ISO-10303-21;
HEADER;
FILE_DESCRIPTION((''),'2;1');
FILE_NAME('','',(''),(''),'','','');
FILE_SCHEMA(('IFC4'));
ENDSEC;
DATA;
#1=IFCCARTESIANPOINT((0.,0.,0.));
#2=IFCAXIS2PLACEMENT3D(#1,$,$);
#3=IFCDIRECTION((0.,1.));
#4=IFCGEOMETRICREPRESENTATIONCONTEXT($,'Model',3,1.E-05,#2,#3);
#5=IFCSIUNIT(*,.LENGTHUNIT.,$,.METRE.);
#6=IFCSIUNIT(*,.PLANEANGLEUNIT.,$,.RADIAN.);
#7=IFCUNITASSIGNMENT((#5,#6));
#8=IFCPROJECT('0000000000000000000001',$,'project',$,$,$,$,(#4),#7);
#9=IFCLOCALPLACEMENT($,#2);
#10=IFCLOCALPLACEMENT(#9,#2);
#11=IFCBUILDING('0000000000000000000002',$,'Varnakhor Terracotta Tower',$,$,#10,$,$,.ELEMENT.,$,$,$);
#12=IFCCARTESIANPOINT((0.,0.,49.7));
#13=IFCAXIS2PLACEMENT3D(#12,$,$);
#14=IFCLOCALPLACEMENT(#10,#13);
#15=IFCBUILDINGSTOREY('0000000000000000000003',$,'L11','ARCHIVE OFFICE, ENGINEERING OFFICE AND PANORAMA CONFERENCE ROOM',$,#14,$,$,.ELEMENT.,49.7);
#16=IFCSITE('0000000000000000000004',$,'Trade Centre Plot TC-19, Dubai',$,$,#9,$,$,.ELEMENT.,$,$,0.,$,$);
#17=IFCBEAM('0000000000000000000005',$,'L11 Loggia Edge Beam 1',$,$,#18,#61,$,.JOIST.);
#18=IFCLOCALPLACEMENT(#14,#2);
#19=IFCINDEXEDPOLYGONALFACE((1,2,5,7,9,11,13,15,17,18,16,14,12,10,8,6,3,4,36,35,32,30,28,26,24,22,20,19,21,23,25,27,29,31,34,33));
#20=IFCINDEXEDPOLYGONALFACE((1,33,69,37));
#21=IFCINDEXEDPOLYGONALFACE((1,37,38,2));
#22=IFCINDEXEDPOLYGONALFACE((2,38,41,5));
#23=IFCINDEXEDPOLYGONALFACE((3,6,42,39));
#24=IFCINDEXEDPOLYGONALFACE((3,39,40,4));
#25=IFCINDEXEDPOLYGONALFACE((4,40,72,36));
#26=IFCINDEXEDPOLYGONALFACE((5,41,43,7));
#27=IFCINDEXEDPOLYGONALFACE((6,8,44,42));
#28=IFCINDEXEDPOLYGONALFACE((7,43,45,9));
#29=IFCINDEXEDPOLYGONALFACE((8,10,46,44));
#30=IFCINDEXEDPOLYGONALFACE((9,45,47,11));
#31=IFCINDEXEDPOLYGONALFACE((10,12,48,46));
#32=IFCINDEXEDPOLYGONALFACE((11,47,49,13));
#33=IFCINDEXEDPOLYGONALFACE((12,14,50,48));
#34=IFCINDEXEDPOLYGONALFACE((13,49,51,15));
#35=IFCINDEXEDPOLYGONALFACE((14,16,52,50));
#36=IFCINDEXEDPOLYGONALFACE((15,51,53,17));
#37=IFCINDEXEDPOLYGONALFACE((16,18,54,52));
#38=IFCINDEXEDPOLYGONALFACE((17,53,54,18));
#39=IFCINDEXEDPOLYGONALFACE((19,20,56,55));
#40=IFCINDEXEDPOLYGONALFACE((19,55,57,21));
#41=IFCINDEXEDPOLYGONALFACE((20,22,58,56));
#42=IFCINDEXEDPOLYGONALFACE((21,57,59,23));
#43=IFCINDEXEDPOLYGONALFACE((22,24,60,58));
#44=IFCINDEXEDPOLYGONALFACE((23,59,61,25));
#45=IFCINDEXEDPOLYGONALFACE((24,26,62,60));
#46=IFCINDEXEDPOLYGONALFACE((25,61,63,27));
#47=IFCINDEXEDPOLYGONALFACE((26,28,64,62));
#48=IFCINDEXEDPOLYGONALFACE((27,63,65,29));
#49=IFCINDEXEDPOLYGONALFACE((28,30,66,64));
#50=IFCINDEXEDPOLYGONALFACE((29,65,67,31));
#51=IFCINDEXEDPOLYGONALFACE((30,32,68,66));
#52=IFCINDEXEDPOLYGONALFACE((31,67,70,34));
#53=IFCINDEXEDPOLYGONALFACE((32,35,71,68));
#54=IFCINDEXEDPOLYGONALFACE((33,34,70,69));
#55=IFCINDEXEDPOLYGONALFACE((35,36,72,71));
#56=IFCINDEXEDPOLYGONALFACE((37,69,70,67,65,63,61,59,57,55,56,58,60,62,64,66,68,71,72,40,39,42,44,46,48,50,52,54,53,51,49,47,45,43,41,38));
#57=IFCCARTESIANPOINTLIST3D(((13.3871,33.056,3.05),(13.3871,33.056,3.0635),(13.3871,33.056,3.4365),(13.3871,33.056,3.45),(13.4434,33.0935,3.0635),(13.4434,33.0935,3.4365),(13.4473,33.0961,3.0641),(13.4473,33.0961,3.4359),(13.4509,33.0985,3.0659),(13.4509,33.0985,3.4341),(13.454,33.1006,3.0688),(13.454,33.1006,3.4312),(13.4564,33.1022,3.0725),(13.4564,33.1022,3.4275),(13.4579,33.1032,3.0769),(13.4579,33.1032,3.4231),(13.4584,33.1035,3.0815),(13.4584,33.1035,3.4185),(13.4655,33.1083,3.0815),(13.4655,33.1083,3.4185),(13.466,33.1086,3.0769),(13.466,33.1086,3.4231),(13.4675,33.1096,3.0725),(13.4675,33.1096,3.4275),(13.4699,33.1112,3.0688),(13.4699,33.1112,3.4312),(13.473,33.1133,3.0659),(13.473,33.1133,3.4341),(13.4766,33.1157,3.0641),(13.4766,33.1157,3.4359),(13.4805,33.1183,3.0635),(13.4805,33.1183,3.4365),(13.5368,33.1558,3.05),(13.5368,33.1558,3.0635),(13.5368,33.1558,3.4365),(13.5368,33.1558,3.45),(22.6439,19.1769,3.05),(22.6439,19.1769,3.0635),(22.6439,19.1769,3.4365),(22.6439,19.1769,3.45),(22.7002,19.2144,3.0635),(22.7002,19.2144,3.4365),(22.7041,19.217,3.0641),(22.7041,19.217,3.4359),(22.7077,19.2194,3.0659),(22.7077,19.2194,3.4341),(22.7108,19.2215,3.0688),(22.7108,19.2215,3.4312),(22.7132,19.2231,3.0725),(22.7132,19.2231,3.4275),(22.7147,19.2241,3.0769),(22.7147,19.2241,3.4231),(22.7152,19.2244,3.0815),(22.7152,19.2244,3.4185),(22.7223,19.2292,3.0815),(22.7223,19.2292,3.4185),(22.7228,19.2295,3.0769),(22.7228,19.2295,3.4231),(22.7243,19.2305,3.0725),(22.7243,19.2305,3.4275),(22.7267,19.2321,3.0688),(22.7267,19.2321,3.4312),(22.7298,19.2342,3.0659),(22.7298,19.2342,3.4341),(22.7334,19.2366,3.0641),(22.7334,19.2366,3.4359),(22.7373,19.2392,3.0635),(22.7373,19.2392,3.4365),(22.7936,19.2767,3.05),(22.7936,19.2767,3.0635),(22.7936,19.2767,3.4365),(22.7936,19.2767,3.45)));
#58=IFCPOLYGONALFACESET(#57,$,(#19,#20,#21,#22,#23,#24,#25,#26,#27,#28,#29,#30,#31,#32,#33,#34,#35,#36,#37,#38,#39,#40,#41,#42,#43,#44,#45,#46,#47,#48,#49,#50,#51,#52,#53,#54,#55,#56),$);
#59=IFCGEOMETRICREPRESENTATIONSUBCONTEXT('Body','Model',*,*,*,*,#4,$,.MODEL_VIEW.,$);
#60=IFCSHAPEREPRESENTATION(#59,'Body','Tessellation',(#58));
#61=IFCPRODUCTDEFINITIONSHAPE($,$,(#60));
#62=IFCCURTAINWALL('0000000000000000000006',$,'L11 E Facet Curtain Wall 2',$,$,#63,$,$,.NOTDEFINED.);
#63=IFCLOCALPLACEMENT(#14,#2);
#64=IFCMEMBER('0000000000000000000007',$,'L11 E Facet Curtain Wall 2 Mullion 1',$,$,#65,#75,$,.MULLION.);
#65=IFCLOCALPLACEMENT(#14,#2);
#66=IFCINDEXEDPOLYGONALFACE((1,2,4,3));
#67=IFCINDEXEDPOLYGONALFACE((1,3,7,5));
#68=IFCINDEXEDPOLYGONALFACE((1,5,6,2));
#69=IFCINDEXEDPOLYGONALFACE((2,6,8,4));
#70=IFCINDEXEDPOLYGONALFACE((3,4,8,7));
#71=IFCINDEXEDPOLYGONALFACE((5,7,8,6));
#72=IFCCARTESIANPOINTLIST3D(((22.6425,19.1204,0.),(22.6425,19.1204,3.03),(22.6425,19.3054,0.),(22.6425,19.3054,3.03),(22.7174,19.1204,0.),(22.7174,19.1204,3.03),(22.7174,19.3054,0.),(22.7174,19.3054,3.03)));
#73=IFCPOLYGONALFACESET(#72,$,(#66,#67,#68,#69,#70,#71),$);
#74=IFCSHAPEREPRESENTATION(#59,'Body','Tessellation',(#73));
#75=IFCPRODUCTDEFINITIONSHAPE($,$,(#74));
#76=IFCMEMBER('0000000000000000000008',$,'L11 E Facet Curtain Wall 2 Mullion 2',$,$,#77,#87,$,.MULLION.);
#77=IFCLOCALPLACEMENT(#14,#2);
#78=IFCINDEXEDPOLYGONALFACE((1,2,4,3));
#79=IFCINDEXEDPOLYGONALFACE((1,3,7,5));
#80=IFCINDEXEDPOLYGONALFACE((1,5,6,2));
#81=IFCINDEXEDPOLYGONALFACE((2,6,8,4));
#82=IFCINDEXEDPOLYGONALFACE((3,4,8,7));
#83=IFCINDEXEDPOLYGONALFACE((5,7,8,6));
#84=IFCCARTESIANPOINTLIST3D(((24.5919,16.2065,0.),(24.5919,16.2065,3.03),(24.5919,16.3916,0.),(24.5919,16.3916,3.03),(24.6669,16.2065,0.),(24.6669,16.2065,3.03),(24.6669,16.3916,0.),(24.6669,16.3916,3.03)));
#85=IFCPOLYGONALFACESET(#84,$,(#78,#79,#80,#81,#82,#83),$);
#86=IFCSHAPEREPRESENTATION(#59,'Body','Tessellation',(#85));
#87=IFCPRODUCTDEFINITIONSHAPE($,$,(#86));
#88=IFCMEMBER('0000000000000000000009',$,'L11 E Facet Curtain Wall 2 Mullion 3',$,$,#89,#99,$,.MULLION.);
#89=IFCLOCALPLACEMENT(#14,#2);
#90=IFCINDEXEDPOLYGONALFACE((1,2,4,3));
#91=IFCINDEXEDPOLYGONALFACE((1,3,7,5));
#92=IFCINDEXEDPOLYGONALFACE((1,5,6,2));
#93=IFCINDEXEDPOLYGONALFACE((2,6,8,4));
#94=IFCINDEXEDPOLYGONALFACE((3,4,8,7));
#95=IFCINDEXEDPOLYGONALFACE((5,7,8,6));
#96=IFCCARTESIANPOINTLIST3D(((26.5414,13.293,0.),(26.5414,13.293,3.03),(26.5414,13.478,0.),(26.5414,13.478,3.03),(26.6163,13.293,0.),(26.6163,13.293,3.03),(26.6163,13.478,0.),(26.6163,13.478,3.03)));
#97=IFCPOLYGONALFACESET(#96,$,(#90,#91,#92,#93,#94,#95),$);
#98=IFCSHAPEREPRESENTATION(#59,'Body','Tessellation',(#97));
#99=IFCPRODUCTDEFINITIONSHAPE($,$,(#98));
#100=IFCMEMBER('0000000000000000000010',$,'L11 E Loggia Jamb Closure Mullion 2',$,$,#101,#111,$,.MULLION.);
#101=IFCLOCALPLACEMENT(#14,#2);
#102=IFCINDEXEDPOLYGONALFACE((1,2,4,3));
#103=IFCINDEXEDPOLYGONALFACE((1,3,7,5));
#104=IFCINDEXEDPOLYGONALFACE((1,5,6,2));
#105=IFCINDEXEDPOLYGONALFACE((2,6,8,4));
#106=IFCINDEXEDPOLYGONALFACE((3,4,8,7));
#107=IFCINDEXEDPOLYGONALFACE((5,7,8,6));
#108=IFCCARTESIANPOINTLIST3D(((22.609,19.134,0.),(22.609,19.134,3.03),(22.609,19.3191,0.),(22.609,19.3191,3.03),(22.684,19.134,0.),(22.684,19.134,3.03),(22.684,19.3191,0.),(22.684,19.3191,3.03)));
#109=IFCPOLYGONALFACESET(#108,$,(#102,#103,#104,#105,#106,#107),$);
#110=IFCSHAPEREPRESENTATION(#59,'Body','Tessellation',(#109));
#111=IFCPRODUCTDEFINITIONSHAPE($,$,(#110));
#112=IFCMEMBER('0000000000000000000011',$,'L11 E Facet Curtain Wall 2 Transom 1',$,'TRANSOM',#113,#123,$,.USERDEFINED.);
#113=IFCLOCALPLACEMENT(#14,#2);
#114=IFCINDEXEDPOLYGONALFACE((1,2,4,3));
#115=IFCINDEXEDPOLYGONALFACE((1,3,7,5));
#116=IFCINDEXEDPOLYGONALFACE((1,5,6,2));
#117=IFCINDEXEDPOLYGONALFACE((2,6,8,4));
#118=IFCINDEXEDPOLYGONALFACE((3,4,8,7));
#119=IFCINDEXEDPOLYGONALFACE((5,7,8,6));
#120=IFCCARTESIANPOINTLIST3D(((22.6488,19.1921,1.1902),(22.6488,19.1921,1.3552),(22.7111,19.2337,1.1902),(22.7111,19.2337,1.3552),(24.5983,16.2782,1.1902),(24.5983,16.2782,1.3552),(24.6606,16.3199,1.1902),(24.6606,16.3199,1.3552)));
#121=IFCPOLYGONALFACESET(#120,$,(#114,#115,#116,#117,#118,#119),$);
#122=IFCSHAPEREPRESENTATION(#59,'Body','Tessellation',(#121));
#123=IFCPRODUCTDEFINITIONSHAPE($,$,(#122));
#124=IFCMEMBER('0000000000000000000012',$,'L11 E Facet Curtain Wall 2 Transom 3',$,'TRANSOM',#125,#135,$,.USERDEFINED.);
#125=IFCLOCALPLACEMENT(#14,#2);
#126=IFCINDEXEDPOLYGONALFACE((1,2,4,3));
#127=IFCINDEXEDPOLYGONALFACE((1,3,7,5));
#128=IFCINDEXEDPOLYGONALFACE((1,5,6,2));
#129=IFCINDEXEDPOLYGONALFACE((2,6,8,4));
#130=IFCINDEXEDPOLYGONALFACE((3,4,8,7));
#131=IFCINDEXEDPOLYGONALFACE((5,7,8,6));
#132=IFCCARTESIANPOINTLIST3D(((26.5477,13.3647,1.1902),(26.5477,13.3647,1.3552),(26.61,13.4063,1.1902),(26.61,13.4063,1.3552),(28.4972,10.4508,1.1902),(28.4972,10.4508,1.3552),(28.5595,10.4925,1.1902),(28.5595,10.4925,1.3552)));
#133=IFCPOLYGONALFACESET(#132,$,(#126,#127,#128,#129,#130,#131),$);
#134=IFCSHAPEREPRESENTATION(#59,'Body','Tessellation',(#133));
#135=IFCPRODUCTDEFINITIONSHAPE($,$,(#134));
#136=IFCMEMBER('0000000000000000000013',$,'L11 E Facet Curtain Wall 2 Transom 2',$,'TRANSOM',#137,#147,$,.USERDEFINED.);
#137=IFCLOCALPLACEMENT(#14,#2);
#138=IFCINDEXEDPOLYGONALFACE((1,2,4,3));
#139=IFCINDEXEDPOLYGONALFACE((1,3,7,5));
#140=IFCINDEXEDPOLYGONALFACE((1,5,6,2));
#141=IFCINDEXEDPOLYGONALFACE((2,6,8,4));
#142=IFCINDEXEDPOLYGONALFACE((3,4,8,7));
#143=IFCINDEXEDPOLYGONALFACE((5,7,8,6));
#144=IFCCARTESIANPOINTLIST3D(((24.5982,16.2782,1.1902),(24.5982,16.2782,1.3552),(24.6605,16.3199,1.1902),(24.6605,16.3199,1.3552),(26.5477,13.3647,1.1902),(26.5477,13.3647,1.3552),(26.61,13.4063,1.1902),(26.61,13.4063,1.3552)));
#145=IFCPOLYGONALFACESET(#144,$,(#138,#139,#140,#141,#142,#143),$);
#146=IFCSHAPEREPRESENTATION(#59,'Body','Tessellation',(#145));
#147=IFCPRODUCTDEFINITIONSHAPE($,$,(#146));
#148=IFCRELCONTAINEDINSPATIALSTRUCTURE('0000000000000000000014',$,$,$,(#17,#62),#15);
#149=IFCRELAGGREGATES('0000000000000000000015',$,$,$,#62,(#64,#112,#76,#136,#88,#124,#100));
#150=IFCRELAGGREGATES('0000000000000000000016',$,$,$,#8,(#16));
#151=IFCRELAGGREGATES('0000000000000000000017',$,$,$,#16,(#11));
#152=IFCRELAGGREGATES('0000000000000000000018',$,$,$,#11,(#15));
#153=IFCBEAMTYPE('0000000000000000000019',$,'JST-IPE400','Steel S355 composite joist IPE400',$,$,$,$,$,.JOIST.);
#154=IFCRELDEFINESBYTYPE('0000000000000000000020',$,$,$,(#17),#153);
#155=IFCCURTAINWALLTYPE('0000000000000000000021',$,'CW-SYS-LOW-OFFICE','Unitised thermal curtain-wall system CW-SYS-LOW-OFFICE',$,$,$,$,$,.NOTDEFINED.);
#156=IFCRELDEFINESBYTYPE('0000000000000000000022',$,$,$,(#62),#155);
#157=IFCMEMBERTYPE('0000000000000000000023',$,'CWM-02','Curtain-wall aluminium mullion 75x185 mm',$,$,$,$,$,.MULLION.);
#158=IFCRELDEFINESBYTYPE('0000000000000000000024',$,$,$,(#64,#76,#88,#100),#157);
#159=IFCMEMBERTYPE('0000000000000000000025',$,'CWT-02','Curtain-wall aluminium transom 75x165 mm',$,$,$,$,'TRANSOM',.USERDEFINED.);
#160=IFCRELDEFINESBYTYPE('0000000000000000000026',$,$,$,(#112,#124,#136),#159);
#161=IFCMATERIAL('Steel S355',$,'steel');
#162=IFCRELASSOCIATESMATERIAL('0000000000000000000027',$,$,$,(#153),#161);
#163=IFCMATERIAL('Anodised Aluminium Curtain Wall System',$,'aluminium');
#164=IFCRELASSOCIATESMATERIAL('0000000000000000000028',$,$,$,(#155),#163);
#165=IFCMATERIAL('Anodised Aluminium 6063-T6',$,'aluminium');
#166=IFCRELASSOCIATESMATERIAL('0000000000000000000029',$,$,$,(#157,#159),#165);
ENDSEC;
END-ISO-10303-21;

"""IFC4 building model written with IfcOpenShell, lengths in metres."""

from ifc_helpers import new_model, si_unit, direction, frame, origin, origin_2d, place, context, subcontext, project, spatial, rectangle, i_section, extrude, source, transform, mapped, material, material_profile, profile_set, type_object, type_shapes, element, aggregate, save


model = new_model("IFC4")

# Units and contexts
model_context = context("Model", 3, precision=1e-05, world=origin(), true_north=direction((0.0, 1.0)))
body_context = subcontext(model_context, "Body", "Model", "MODEL_VIEW")
ifc_project = project(units=[si_unit("LENGTHUNIT", "METRE"), si_unit("PLANEANGLEUNIT", "RADIAN")], contexts=[model_context])

# Site, building, storey
site_placement = place(None, origin())
site = spatial("IfcSite", under=ifc_project, at=site_placement, Name="Trade Centre Plot TC-19, Dubai", CompositionType="ELEMENT", RefElevation=0.0)
building_placement = place(site_placement, origin())
building = spatial("IfcBuilding", under=site, at=building_placement, Name="Varnakhor Terracotta Tower", CompositionType="ELEMENT")
storey_placement = place(building_placement, frame((0.0, 0.0, 49.7)))
storey = spatial("IfcBuildingStorey", under=building, at=storey_placement, Name="L11", Description="ARCHIVE OFFICE, ENGINEERING OFFICE AND PANORAMA CONFERENCE ROOM", CompositionType="ELEMENT", Elevation=49.7)

# Beam
ifc_material_1 = material(Name="Steel S355", Category="steel")
ifc_material_profile_1 = material_profile(ifc_material_1, i_section(OverallWidth=0.1799, OverallDepth=0.3999, WebThickness=0.0085, FlangeThickness=0.0134, FilletRadius=0.0181, at=origin_2d()), Name="IPE400")
ifc_profile_set_1 = profile_set([ifc_material_profile_1], Name="Steel S355")
beam_type = type_object("IfcBeamType", Name="JST-IPE400", Description="Steel S355 composite joist IPE400", PredefinedType="JOIST", material=ifc_profile_set_1)
shared_shape_1 = source(origin(), body_context, "Body", "SweptSolid", [
    extrude(i_section(OverallWidth=0.1799, OverallDepth=0.3999, WebThickness=0.0085, FlangeThickness=0.0134, FilletRadius=0.0181, at=origin_2d()), origin(), (0.0, 0.0, 1.0), 16.6829),
])
beam_1_placement = place(storey_placement, frame((22.7188, 19.2268, 3.25), z_axis=(-0.554869, 0.831938, 0.0), x_axis=(-0.831938, -0.554869, 0.0)))
element("IfcBeam", 1, at=beam_1_placement, inside=storey, type_object=beam_type, Name="L11 Loggia Edge Beam 1", PredefinedType="JOIST", context=body_context, shape_type="MappedRepresentation", body=[
    mapped(shared_shape_1, transform((0.0, 0.0, 0.0), scale=1.0)),
])

# Curtain wall, members
ifc_material_2 = material(Name="Anodised Aluminium Curtain Wall System", Category="aluminium")
curtain_wall_type = type_object("IfcCurtainWallType", Name="CW-SYS-LOW-OFFICE", Description="Unitised thermal curtain-wall system CW-SYS-LOW-OFFICE", PredefinedType="NOTDEFINED", material=ifc_material_2)
curtain_wall_placement = place(storey_placement, origin())
curtain_wall = element("IfcCurtainWall", 2, at=curtain_wall_placement, inside=storey, type_object=curtain_wall_type, Name="L11 E Facet Curtain Wall 2", PredefinedType="NOTDEFINED")
ifc_material_3 = material(Name="Anodised Aluminium 6063-T6", Category="aluminium")
ifc_material_profile_2 = material_profile(ifc_material_3, rectangle(XDim=0.075, YDim=0.1851, at=origin_2d()), Name="ALU MULLION 75x185")
ifc_profile_set_2 = profile_set([ifc_material_profile_2], Name="Anodised Aluminium 6063-T6")
member_type_1 = type_object("IfcMemberType", Name="CWM-02", Description="Curtain-wall aluminium mullion 75x185 mm", PredefinedType="MULLION", material=ifc_profile_set_2)
shared_shape_2 = source(origin(), body_context, "Body", "SweptSolid", [
    extrude(rectangle(XDim=0.075, YDim=0.1851, at=origin_2d()), origin(), (0.0, 0.0, 1.0), 3.03),
])
type_shapes(member_type_1, [shared_shape_2])
member_1_placement = place(storey_placement, frame((22.6799, 19.2129, 0.0), z_axis=(0.0, 0.0, 1.0), x_axis=(1.0, 0.0, 0.0)))
member_1 = element("IfcMember", 3, at=member_1_placement, type_object=member_type_1, Name="L11 E Facet Curtain Wall 2 Mullion 1", PredefinedType="MULLION", context=body_context, shape_type="MappedRepresentation", body=[
    mapped(shared_shape_2, transform((0.0, 0.0, 0.0), scale=1.0)),
])
member_2_placement = place(storey_placement, frame((24.6294, 16.2991, 0.0), z_axis=(0.0, 0.0, 1.0), x_axis=(1.0, 0.0, 0.0)))
member_2 = element("IfcMember", 4, at=member_2_placement, type_object=member_type_1, Name="L11 E Facet Curtain Wall 2 Mullion 2", PredefinedType="MULLION", context=body_context, shape_type="MappedRepresentation", body=[
    mapped(shared_shape_2, transform((0.0, 0.0, 0.0), scale=1.0)),
])
member_3_placement = place(storey_placement, frame((26.5789, 13.3855, 0.0), z_axis=(0.0, 0.0, 1.0), x_axis=(1.0, 0.0, 0.0)))
member_3 = element("IfcMember", 5, at=member_3_placement, type_object=member_type_1, Name="L11 E Facet Curtain Wall 2 Mullion 3", PredefinedType="MULLION", context=body_context, shape_type="MappedRepresentation", body=[
    mapped(shared_shape_2, transform((0.0, 0.0, 0.0), scale=1.0)),
])
member_4_placement = place(storey_placement, frame((22.6465, 19.2266, 0.0), z_axis=(0.0, 0.0, 1.0), x_axis=(1.0, 0.0, 0.0)))
member_4 = element("IfcMember", 6, at=member_4_placement, type_object=member_type_1, Name="L11 E Loggia Jamb Closure Mullion 2", PredefinedType="MULLION", context=body_context, shape_type="MappedRepresentation", body=[
    mapped(shared_shape_2, transform((0.0, 0.0, 0.0), scale=1.0)),
])
ifc_material_profile_3 = material_profile(ifc_material_3, rectangle(XDim=0.075, YDim=0.165, at=origin_2d()), Name="ALU TRANSOM 75x165")
ifc_profile_set_3 = profile_set([ifc_material_profile_3], Name="Anodised Aluminium 6063-T6")
member_type_2 = type_object("IfcMemberType", Name="CWT-02", Description="Curtain-wall aluminium transom 75x165 mm", ElementType="TRANSOM", PredefinedType="USERDEFINED", material=ifc_profile_set_3)
shared_shape_3 = source(origin(), body_context, "Body", "SweptSolid", [
    extrude(rectangle(XDim=0.075, YDim=0.165, at=origin_2d()), origin(), (0.0, 0.0, 1.0), 3.5059),
])
member_5_placement = place(storey_placement, frame((22.6799, 19.2129, 1.2727), z_axis=(0.556065, -0.831139, 0.0), x_axis=(0.831139, 0.556065, 0.0)))
member_5 = element("IfcMember", 7, at=member_5_placement, type_object=member_type_2, Name="L11 E Facet Curtain Wall 2 Transom 1", ObjectType="TRANSOM", PredefinedType="USERDEFINED", context=body_context, shape_type="MappedRepresentation", body=[
    mapped(shared_shape_3, transform((0.0, 0.0, 0.0), scale=1.0)),
])
member_6_placement = place(storey_placement, frame((26.5789, 13.3855, 1.2727), z_axis=(0.556065, -0.831139, 0.0), x_axis=(0.831139, 0.556065, 0.0)))
member_6 = element("IfcMember", 8, at=member_6_placement, type_object=member_type_2, Name="L11 E Facet Curtain Wall 2 Transom 3", ObjectType="TRANSOM", PredefinedType="USERDEFINED", context=body_context, shape_type="MappedRepresentation", body=[
    mapped(shared_shape_3, transform((0.0, 0.0, 0.0), scale=1.0)),
])
shared_shape_4 = source(origin(), body_context, "Body", "SweptSolid", [
    extrude(rectangle(XDim=0.075, YDim=0.165, at=origin_2d()), origin(), (0.0, 0.0, 1.0), 3.5056),
])
member_7_placement = place(storey_placement, frame((24.6294, 16.2991, 1.2727), z_axis=(0.556098, -0.831117, 0.0), x_axis=(0.831117, 0.556098, 0.0)))
member_7 = element("IfcMember", 9, at=member_7_placement, type_object=member_type_2, Name="L11 E Facet Curtain Wall 2 Transom 2", ObjectType="TRANSOM", PredefinedType="USERDEFINED", context=body_context, shape_type="MappedRepresentation", body=[
    mapped(shared_shape_4, transform((0.0, 0.0, 0.0), scale=1.0)),
])

aggregate(curtain_wall, [member_1, member_5, member_2, member_7, member_3, member_6, member_4])

save(model, "model.ifc")
